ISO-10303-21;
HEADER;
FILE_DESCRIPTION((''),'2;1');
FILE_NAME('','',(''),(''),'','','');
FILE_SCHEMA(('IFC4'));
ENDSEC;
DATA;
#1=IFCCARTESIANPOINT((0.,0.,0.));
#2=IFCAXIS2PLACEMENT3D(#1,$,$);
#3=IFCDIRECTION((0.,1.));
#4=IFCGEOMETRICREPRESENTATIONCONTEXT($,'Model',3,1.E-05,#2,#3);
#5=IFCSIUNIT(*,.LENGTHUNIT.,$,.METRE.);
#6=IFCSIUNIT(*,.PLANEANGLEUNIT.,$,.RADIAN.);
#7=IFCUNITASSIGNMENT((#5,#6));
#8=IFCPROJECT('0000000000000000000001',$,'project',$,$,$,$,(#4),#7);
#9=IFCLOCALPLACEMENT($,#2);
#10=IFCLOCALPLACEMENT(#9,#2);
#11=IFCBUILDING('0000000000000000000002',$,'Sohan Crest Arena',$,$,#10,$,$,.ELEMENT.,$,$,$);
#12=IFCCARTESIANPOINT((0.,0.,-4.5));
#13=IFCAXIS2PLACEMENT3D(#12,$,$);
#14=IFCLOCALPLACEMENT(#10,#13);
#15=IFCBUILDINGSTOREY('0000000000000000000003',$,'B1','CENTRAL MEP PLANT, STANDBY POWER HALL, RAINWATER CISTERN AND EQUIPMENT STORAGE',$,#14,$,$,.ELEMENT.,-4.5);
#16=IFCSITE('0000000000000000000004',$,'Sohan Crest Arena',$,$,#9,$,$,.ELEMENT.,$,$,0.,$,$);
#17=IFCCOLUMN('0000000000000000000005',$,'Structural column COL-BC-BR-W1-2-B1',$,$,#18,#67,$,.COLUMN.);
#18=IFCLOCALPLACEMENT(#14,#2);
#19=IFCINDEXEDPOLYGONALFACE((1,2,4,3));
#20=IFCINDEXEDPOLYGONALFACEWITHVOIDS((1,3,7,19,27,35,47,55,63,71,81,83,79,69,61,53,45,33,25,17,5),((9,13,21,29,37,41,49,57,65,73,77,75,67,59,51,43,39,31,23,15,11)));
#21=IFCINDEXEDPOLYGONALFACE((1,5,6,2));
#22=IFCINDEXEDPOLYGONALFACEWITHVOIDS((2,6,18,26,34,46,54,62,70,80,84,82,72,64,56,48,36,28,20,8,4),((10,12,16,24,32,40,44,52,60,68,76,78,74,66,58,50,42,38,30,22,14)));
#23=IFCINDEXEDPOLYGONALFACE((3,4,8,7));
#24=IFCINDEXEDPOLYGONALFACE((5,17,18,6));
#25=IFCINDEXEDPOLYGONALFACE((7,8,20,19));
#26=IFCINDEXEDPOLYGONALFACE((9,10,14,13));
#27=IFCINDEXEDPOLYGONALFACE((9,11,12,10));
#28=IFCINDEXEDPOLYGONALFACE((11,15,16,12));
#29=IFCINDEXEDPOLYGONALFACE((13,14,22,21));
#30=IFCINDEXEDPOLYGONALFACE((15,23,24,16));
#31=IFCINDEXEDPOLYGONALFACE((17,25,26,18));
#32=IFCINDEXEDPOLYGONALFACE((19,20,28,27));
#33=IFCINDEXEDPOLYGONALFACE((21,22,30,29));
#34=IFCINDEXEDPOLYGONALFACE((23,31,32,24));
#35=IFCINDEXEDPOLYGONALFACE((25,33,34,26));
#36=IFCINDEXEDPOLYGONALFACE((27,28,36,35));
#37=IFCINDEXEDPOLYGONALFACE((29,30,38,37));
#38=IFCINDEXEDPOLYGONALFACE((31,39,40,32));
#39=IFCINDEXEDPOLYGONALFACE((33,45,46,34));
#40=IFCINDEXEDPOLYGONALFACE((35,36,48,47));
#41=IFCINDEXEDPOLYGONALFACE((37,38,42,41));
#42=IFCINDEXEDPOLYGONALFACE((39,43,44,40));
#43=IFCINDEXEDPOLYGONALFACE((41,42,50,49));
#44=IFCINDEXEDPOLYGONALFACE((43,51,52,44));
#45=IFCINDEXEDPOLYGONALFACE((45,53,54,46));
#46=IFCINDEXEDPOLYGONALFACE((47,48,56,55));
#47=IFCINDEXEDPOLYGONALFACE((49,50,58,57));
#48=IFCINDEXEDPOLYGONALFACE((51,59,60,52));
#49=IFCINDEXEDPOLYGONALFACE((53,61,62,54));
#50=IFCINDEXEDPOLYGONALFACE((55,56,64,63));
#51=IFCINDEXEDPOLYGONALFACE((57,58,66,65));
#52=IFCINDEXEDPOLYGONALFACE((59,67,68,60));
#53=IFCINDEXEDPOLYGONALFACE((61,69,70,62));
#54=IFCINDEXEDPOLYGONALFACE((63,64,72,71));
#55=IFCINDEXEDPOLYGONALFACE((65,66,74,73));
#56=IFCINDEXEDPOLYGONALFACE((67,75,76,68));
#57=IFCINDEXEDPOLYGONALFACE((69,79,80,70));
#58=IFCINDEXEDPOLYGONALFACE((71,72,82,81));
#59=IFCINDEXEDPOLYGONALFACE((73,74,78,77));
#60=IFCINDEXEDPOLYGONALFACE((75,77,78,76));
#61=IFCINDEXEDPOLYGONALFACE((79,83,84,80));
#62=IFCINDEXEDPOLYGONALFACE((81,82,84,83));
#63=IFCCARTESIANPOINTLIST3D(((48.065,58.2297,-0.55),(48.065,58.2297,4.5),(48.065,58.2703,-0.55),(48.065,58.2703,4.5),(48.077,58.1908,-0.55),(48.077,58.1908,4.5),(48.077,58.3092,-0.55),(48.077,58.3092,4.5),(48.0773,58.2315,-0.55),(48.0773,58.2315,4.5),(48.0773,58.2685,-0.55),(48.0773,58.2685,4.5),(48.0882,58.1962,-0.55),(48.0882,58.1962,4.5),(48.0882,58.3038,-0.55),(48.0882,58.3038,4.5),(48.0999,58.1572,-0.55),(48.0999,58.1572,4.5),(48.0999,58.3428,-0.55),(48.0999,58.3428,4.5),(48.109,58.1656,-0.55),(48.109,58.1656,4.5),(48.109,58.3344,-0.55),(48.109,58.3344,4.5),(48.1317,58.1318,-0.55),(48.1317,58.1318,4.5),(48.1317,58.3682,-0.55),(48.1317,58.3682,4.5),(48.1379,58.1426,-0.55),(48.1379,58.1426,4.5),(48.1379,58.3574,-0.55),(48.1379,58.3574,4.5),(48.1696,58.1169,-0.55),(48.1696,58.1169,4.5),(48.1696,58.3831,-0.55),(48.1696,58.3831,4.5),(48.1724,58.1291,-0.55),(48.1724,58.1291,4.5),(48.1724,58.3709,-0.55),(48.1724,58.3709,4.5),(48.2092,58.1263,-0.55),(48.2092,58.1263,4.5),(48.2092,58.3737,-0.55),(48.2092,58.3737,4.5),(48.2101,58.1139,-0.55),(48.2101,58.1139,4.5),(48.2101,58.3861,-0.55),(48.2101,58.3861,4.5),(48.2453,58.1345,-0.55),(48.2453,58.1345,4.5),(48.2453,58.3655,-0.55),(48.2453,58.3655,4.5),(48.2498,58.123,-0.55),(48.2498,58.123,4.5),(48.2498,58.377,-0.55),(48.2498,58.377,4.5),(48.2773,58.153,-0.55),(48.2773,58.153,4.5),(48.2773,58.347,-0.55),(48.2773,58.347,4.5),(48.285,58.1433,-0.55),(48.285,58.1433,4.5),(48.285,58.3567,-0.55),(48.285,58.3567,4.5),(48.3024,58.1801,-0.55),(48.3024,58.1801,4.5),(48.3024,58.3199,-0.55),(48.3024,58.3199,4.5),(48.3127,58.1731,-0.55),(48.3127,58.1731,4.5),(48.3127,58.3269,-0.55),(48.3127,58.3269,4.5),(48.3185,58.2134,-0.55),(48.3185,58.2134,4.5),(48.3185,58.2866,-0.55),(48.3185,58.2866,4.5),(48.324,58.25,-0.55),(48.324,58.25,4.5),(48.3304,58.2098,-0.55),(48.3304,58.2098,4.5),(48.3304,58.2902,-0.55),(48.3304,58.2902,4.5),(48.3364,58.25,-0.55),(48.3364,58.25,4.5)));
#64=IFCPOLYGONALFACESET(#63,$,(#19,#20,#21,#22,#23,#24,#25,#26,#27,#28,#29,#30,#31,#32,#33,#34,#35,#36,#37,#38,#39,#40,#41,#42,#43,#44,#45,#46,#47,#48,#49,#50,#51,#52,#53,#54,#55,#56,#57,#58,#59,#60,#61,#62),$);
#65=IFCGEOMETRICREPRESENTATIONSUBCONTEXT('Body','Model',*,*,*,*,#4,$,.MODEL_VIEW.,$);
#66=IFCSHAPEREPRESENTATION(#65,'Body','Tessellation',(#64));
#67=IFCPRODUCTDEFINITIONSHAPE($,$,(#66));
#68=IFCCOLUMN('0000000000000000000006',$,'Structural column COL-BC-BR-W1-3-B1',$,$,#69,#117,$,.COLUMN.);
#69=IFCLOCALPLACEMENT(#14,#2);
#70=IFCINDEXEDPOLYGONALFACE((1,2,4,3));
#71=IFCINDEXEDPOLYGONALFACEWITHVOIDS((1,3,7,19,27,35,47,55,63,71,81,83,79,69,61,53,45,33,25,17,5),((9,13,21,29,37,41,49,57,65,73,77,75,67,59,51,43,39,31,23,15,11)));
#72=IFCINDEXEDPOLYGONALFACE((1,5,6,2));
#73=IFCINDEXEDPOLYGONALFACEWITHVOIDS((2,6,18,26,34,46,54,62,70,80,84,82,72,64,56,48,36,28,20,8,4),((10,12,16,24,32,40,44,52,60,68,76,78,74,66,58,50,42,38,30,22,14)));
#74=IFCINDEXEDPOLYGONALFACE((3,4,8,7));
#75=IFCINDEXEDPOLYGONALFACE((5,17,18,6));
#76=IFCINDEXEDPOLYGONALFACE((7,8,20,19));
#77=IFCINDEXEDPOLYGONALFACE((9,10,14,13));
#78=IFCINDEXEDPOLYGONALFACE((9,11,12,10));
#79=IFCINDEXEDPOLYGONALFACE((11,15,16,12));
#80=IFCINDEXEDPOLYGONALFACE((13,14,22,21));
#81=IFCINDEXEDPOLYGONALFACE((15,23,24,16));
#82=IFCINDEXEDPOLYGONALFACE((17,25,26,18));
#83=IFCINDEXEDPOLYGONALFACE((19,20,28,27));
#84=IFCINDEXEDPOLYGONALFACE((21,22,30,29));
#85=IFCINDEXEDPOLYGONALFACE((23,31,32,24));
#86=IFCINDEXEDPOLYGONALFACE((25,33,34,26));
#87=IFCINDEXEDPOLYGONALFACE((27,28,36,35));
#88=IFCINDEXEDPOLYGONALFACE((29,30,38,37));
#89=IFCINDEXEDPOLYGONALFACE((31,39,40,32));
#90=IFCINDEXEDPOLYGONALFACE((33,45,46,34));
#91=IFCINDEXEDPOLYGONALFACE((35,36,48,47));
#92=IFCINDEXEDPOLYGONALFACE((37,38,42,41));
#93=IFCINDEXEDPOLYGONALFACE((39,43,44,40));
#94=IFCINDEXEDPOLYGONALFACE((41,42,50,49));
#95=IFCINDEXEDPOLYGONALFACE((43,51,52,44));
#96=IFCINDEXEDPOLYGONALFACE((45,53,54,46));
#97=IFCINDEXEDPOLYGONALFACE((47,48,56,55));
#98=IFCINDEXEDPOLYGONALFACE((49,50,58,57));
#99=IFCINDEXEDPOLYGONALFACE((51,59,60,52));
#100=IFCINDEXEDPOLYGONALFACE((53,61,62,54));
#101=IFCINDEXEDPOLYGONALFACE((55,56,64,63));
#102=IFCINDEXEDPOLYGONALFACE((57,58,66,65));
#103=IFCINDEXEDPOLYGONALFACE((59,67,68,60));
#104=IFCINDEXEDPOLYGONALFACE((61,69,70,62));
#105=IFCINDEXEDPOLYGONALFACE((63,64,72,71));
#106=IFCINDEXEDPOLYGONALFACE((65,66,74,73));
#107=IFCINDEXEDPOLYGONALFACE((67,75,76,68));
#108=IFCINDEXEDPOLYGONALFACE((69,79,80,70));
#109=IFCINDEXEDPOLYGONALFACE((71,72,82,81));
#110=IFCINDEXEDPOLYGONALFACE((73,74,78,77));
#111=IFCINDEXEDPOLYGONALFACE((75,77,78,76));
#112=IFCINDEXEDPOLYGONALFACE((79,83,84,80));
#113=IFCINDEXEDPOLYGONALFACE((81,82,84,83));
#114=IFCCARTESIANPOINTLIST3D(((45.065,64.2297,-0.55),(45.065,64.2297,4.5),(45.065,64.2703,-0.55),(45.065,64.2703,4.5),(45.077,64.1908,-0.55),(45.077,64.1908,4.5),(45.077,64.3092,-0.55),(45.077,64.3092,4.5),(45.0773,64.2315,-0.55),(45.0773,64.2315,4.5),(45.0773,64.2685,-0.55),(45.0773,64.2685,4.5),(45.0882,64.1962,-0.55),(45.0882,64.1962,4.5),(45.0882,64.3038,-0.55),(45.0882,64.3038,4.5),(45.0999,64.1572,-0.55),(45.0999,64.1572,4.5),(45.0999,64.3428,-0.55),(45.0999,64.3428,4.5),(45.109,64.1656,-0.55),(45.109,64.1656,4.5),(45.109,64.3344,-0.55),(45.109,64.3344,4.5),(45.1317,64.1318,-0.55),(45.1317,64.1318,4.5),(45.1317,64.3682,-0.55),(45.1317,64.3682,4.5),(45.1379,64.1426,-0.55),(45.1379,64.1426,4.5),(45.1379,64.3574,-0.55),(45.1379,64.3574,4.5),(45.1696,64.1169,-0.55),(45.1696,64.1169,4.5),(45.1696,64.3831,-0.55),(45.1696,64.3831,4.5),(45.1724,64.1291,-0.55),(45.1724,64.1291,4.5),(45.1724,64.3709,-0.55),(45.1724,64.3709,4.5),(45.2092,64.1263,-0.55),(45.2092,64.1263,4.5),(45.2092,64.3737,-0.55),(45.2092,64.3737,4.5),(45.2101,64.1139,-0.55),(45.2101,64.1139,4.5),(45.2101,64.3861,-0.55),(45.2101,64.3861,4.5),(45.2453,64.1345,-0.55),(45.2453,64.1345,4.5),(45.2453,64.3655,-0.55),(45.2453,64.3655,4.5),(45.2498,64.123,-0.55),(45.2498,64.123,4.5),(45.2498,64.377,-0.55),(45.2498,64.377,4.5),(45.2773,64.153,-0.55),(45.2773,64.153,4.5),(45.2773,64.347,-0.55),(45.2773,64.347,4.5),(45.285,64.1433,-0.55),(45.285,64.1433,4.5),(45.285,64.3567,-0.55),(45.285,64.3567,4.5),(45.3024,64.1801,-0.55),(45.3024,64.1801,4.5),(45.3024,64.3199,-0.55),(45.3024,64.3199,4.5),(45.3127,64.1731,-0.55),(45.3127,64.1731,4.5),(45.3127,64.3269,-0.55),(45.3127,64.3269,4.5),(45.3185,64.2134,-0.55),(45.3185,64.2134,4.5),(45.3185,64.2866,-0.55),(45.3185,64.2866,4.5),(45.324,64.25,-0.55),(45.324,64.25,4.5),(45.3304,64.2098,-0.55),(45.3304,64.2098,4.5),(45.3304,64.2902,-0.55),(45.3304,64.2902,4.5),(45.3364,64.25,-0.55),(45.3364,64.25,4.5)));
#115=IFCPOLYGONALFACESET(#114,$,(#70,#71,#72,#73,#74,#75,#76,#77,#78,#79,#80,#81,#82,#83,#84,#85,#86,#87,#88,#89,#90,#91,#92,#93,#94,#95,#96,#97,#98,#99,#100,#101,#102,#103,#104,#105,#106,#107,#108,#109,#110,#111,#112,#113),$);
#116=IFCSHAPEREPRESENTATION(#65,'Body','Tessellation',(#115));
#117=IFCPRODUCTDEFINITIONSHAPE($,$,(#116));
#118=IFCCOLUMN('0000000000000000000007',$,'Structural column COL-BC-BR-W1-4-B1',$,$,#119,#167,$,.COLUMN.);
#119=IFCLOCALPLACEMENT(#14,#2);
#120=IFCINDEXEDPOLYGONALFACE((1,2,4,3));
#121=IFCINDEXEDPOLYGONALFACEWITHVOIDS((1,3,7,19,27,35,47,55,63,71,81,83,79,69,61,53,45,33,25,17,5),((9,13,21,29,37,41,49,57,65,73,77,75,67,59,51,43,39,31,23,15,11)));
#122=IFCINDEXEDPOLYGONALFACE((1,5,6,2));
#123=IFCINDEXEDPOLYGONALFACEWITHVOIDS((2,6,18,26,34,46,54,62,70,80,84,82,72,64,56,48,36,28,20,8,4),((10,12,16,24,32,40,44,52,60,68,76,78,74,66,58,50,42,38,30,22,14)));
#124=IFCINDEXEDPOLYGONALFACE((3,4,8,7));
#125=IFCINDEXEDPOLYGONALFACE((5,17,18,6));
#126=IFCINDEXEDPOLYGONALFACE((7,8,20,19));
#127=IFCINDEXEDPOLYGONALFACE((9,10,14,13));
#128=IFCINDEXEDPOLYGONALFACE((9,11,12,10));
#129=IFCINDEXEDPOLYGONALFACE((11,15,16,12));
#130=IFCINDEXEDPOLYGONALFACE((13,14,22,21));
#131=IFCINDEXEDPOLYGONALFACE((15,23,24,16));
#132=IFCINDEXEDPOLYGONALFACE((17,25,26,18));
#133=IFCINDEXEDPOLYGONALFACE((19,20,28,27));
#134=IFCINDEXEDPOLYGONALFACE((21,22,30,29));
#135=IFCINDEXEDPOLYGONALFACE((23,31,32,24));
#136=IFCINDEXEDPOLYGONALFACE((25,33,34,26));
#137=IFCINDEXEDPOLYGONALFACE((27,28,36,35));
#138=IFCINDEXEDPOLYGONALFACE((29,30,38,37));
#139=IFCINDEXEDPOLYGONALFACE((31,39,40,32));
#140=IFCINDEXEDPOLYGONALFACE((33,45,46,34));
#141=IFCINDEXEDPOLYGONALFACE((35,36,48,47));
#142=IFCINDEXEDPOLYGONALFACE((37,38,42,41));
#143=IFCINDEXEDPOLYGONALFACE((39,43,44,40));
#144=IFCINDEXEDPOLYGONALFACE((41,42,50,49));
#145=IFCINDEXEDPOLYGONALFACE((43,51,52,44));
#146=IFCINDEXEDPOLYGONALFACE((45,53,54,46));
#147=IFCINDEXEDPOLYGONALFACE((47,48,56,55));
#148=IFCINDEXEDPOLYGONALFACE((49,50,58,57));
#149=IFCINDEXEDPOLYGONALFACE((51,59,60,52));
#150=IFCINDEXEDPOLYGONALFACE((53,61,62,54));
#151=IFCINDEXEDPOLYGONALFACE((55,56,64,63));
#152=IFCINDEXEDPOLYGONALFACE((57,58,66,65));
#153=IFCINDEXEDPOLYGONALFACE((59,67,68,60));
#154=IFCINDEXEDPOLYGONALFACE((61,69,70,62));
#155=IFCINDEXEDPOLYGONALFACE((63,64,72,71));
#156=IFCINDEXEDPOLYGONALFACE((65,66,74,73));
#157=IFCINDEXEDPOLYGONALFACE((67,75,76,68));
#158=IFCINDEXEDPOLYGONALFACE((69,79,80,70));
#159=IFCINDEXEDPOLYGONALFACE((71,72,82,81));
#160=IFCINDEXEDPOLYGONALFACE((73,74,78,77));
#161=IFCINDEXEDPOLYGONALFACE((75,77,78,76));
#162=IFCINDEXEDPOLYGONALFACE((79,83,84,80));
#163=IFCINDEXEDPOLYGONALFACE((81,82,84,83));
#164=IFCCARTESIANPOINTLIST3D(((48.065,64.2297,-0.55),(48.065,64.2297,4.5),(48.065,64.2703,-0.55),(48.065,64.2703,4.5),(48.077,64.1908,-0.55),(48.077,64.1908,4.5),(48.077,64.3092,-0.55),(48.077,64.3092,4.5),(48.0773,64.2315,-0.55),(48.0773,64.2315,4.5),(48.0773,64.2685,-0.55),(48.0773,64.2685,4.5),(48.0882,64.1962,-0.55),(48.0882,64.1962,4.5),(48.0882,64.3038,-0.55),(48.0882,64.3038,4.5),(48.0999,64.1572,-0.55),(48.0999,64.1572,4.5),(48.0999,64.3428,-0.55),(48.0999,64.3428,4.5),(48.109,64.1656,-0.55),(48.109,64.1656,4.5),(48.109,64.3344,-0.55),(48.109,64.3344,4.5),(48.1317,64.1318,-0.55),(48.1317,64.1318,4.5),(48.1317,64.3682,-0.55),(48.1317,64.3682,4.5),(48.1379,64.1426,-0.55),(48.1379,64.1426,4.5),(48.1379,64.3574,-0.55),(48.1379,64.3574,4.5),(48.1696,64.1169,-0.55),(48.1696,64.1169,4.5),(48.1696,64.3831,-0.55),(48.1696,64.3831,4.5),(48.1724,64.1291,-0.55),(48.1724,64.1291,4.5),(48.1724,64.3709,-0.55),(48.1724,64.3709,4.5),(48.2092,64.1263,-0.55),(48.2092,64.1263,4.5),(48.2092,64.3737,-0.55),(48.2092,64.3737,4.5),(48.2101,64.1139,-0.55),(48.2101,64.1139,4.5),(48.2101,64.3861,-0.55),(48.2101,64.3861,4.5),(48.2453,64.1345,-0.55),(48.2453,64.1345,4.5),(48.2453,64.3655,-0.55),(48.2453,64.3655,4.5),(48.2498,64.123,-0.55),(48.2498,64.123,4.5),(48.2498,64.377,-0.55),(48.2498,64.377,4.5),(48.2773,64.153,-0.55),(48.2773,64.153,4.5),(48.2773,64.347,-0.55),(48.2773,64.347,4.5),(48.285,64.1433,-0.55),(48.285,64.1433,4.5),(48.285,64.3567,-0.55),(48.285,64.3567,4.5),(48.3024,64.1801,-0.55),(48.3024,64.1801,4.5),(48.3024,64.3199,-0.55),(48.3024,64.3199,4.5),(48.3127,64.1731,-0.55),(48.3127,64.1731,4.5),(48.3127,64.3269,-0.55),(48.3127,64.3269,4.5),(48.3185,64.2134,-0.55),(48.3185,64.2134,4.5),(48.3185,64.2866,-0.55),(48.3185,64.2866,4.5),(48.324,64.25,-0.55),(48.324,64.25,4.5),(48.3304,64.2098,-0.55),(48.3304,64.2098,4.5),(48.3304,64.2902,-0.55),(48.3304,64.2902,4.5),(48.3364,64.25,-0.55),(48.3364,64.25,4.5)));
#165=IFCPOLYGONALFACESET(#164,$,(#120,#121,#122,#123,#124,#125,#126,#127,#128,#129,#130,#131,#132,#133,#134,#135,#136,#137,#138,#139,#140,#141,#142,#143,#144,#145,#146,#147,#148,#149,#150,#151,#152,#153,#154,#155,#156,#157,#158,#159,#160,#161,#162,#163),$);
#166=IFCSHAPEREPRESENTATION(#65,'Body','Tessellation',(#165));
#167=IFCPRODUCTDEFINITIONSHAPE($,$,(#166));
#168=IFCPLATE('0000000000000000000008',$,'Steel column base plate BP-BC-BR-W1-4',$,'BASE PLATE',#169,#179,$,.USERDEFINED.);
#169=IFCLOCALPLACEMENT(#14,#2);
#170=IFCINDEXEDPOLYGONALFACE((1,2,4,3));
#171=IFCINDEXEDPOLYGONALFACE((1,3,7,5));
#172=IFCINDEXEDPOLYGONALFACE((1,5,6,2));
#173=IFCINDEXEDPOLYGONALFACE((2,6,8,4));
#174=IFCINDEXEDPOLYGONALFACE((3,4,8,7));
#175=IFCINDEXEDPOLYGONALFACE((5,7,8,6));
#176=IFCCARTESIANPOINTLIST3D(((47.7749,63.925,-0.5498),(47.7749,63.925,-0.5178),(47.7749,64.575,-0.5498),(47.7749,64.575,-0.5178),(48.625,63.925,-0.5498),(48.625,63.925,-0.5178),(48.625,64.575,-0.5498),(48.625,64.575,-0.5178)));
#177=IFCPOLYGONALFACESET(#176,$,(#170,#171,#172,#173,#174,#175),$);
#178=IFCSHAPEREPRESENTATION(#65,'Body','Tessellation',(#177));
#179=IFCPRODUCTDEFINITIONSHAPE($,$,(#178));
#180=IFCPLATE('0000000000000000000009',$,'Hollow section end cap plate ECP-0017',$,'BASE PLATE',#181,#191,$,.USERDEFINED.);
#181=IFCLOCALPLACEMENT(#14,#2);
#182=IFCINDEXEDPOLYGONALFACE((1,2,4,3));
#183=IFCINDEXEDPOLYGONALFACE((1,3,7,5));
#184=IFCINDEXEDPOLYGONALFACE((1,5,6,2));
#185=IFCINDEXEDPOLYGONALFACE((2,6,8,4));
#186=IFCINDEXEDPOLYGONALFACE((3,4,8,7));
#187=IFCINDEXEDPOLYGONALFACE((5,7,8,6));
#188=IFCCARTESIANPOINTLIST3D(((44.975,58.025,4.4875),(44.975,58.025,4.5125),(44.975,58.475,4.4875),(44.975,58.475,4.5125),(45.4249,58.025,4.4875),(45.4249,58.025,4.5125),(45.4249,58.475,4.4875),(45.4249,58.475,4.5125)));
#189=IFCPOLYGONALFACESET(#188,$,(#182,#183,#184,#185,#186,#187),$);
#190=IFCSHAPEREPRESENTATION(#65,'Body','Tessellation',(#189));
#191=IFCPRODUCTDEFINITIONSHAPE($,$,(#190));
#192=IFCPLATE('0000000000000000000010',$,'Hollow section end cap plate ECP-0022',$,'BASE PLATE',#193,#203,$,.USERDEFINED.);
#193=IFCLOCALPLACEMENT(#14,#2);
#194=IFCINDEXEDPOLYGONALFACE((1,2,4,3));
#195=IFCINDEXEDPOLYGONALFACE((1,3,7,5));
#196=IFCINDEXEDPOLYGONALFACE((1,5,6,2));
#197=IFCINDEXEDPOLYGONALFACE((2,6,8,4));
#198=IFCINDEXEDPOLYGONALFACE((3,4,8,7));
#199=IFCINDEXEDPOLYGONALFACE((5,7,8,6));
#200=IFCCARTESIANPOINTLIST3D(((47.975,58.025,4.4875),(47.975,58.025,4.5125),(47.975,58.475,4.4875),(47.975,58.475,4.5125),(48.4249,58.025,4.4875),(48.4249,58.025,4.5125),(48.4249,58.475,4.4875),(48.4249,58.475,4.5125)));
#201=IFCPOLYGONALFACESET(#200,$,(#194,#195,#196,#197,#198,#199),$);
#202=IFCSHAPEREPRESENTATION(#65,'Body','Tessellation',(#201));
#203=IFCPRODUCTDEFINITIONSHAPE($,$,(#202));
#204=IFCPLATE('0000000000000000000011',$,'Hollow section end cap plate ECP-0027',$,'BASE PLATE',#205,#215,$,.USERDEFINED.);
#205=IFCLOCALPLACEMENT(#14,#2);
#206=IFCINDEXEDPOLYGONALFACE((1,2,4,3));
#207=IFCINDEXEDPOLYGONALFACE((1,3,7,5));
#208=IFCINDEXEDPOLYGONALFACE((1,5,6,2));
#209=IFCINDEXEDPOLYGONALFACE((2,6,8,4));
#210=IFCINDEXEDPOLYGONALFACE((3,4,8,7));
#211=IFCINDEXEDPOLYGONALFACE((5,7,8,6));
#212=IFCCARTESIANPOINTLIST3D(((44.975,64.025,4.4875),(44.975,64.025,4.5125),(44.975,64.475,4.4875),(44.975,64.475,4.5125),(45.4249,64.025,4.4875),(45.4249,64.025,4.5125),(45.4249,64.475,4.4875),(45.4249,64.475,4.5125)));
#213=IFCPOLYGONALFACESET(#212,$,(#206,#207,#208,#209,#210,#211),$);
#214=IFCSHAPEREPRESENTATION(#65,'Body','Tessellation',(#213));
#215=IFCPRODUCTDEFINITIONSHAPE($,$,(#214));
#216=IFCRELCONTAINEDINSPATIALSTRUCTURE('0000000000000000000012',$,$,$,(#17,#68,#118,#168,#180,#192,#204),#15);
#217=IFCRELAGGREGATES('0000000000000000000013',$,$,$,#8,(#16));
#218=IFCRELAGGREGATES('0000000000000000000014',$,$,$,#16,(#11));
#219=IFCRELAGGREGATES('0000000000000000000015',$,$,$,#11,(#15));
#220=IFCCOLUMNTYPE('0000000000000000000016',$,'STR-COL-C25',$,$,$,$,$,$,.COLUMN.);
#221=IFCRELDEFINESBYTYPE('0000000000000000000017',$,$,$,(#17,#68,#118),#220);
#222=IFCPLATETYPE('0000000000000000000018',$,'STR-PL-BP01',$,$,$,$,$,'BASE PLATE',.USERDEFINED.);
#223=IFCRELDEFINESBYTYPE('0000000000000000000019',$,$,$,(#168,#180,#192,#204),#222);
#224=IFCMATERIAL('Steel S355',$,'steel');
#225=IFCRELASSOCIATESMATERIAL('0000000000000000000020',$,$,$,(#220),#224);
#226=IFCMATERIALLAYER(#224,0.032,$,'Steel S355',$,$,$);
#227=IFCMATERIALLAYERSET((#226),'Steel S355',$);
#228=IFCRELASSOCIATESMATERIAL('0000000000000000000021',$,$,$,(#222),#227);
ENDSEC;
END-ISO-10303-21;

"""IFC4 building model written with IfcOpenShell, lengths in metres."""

from ifc_helpers import new_model, si_unit, direction, frame, origin, origin_2d, place, context, subcontext, project, spatial, rectangle, hollow_circle, extrude, material, layer, layer_set, material_profile, profile_set, type_object, element, save


model = new_model("IFC4")

# Units and contexts
model_context = context("Model", 3, precision=1e-05, world=origin(), true_north=direction((0.0, 1.0)))
body_context = subcontext(model_context, "Body", "Model", "MODEL_VIEW")
ifc_project = project(units=[si_unit("LENGTHUNIT", "METRE"), si_unit("PLANEANGLEUNIT", "RADIAN")], contexts=[model_context])

# Site, building, storey
site_placement = place(None, origin())
site = spatial("IfcSite", under=ifc_project, at=site_placement, Name="Sohan Crest Arena", CompositionType="ELEMENT", RefElevation=0.0)
building_placement = place(site_placement, origin())
building = spatial("IfcBuilding", under=site, at=building_placement, Name="Sohan Crest Arena", CompositionType="ELEMENT")
storey_placement = place(building_placement, frame((0.0, 0.0, -4.5)))
storey = spatial("IfcBuildingStorey", under=building, at=storey_placement, Name="B1", Description="CENTRAL MEP PLANT, STANDBY POWER HALL, RAINWATER CISTERN AND EQUIPMENT STORAGE", CompositionType="ELEMENT", Elevation=-4.5)

# Columns
ifc_material_1 = material(Name="Steel S355", Category="steel")
ifc_material_profile_1 = material_profile(ifc_material_1, hollow_circle(Radius=0.1365, WallThickness=0.0125, at=origin_2d()), Name="CHS 273x12.5")
ifc_profile_set_1 = profile_set([ifc_material_profile_1], Name="Steel S355")
column_type_1 = type_object("IfcColumnType", Name="STR-COL-C25", PredefinedType="COLUMN", material=ifc_profile_set_1)
for number, where, z_axis, x_axis, name in (
    (1, (48.2, 58.25, -0.55), (0.0, 0.0, 1.0), (1.0, 0.0, 0.0), "Structural column COL-BC-BR-W1-2-B1"),
    (2, (45.2, 64.25, -0.55), (0.0, 0.0, 1.0), (1.0, 0.0, 0.0), "Structural column COL-BC-BR-W1-3-B1"),
    (3, (48.2, 64.25, -0.55), (0.0, 0.0, 1.0), (1.0, 0.0, 0.0), "Structural column COL-BC-BR-W1-4-B1"),
):
    element("IfcColumn", number, at=place(storey_placement, frame(where, z_axis=z_axis, x_axis=x_axis)), inside=storey, type_object=column_type_1, Name=name, PredefinedType="COLUMN", context=body_context, shape_type="SweptSolid", body=[
        extrude(hollow_circle(Radius=0.1365, WallThickness=0.0125, at=origin_2d()), origin(), (0.0, 0.0, 1.0), 5.05),
    ])

# Plates
ifc_layer_1 = layer(ifc_material_1, 0.032, Name="Steel S355")
ifc_layer_set_1 = layer_set([ifc_layer_1], Name="Steel S355")
plate_type_1 = type_object("IfcPlateType", Name="STR-PL-BP01", ElementType="BASE PLATE", PredefinedType="USERDEFINED", material=ifc_layer_set_1)
plate_1_placement = place(storey_placement, frame((48.2, 64.25, -0.5498), z_axis=(0.0, 0.0, 1.0), x_axis=(1.0, 0.0, 0.0)))
element("IfcPlate", 4, at=plate_1_placement, inside=storey, type_object=plate_type_1, Name="Steel column base plate BP-BC-BR-W1-4", ObjectType="BASE PLATE", PredefinedType="USERDEFINED", context=body_context, shape_type="SweptSolid", body=[
    extrude(rectangle(XDim=0.8501, YDim=0.6499, at=origin_2d()), origin(), (0.0, 0.0, 1.0), 0.032),
])
for number, where, z_axis, x_axis, name in (
    (5, (45.2, 58.25, 4.4875), (0.0, 0.0, 1.0), (1.0, 0.0, 0.0), "Hollow section end cap plate ECP-0017"),
    (6, (48.2, 58.25, 4.4875), (0.0, 0.0, 1.0), (1.0, 0.0, 0.0), "Hollow section end cap plate ECP-0022"),
    (7, (45.2, 64.25, 4.4875), (0.0, 0.0, 1.0), (1.0, 0.0, 0.0), "Hollow section end cap plate ECP-0027"),
):
    element("IfcPlate", number, at=place(storey_placement, frame(where, z_axis=z_axis, x_axis=x_axis)), inside=storey, type_object=plate_type_1, Name=name, ObjectType="BASE PLATE", PredefinedType="USERDEFINED", context=body_context, shape_type="SweptSolid", body=[
        extrude(rectangle(XDim=0.45, YDim=0.45, at=origin_2d()), origin(), (0.0, 0.0, 1.0), 0.0249),
    ])

save(model, "model.ifc")
